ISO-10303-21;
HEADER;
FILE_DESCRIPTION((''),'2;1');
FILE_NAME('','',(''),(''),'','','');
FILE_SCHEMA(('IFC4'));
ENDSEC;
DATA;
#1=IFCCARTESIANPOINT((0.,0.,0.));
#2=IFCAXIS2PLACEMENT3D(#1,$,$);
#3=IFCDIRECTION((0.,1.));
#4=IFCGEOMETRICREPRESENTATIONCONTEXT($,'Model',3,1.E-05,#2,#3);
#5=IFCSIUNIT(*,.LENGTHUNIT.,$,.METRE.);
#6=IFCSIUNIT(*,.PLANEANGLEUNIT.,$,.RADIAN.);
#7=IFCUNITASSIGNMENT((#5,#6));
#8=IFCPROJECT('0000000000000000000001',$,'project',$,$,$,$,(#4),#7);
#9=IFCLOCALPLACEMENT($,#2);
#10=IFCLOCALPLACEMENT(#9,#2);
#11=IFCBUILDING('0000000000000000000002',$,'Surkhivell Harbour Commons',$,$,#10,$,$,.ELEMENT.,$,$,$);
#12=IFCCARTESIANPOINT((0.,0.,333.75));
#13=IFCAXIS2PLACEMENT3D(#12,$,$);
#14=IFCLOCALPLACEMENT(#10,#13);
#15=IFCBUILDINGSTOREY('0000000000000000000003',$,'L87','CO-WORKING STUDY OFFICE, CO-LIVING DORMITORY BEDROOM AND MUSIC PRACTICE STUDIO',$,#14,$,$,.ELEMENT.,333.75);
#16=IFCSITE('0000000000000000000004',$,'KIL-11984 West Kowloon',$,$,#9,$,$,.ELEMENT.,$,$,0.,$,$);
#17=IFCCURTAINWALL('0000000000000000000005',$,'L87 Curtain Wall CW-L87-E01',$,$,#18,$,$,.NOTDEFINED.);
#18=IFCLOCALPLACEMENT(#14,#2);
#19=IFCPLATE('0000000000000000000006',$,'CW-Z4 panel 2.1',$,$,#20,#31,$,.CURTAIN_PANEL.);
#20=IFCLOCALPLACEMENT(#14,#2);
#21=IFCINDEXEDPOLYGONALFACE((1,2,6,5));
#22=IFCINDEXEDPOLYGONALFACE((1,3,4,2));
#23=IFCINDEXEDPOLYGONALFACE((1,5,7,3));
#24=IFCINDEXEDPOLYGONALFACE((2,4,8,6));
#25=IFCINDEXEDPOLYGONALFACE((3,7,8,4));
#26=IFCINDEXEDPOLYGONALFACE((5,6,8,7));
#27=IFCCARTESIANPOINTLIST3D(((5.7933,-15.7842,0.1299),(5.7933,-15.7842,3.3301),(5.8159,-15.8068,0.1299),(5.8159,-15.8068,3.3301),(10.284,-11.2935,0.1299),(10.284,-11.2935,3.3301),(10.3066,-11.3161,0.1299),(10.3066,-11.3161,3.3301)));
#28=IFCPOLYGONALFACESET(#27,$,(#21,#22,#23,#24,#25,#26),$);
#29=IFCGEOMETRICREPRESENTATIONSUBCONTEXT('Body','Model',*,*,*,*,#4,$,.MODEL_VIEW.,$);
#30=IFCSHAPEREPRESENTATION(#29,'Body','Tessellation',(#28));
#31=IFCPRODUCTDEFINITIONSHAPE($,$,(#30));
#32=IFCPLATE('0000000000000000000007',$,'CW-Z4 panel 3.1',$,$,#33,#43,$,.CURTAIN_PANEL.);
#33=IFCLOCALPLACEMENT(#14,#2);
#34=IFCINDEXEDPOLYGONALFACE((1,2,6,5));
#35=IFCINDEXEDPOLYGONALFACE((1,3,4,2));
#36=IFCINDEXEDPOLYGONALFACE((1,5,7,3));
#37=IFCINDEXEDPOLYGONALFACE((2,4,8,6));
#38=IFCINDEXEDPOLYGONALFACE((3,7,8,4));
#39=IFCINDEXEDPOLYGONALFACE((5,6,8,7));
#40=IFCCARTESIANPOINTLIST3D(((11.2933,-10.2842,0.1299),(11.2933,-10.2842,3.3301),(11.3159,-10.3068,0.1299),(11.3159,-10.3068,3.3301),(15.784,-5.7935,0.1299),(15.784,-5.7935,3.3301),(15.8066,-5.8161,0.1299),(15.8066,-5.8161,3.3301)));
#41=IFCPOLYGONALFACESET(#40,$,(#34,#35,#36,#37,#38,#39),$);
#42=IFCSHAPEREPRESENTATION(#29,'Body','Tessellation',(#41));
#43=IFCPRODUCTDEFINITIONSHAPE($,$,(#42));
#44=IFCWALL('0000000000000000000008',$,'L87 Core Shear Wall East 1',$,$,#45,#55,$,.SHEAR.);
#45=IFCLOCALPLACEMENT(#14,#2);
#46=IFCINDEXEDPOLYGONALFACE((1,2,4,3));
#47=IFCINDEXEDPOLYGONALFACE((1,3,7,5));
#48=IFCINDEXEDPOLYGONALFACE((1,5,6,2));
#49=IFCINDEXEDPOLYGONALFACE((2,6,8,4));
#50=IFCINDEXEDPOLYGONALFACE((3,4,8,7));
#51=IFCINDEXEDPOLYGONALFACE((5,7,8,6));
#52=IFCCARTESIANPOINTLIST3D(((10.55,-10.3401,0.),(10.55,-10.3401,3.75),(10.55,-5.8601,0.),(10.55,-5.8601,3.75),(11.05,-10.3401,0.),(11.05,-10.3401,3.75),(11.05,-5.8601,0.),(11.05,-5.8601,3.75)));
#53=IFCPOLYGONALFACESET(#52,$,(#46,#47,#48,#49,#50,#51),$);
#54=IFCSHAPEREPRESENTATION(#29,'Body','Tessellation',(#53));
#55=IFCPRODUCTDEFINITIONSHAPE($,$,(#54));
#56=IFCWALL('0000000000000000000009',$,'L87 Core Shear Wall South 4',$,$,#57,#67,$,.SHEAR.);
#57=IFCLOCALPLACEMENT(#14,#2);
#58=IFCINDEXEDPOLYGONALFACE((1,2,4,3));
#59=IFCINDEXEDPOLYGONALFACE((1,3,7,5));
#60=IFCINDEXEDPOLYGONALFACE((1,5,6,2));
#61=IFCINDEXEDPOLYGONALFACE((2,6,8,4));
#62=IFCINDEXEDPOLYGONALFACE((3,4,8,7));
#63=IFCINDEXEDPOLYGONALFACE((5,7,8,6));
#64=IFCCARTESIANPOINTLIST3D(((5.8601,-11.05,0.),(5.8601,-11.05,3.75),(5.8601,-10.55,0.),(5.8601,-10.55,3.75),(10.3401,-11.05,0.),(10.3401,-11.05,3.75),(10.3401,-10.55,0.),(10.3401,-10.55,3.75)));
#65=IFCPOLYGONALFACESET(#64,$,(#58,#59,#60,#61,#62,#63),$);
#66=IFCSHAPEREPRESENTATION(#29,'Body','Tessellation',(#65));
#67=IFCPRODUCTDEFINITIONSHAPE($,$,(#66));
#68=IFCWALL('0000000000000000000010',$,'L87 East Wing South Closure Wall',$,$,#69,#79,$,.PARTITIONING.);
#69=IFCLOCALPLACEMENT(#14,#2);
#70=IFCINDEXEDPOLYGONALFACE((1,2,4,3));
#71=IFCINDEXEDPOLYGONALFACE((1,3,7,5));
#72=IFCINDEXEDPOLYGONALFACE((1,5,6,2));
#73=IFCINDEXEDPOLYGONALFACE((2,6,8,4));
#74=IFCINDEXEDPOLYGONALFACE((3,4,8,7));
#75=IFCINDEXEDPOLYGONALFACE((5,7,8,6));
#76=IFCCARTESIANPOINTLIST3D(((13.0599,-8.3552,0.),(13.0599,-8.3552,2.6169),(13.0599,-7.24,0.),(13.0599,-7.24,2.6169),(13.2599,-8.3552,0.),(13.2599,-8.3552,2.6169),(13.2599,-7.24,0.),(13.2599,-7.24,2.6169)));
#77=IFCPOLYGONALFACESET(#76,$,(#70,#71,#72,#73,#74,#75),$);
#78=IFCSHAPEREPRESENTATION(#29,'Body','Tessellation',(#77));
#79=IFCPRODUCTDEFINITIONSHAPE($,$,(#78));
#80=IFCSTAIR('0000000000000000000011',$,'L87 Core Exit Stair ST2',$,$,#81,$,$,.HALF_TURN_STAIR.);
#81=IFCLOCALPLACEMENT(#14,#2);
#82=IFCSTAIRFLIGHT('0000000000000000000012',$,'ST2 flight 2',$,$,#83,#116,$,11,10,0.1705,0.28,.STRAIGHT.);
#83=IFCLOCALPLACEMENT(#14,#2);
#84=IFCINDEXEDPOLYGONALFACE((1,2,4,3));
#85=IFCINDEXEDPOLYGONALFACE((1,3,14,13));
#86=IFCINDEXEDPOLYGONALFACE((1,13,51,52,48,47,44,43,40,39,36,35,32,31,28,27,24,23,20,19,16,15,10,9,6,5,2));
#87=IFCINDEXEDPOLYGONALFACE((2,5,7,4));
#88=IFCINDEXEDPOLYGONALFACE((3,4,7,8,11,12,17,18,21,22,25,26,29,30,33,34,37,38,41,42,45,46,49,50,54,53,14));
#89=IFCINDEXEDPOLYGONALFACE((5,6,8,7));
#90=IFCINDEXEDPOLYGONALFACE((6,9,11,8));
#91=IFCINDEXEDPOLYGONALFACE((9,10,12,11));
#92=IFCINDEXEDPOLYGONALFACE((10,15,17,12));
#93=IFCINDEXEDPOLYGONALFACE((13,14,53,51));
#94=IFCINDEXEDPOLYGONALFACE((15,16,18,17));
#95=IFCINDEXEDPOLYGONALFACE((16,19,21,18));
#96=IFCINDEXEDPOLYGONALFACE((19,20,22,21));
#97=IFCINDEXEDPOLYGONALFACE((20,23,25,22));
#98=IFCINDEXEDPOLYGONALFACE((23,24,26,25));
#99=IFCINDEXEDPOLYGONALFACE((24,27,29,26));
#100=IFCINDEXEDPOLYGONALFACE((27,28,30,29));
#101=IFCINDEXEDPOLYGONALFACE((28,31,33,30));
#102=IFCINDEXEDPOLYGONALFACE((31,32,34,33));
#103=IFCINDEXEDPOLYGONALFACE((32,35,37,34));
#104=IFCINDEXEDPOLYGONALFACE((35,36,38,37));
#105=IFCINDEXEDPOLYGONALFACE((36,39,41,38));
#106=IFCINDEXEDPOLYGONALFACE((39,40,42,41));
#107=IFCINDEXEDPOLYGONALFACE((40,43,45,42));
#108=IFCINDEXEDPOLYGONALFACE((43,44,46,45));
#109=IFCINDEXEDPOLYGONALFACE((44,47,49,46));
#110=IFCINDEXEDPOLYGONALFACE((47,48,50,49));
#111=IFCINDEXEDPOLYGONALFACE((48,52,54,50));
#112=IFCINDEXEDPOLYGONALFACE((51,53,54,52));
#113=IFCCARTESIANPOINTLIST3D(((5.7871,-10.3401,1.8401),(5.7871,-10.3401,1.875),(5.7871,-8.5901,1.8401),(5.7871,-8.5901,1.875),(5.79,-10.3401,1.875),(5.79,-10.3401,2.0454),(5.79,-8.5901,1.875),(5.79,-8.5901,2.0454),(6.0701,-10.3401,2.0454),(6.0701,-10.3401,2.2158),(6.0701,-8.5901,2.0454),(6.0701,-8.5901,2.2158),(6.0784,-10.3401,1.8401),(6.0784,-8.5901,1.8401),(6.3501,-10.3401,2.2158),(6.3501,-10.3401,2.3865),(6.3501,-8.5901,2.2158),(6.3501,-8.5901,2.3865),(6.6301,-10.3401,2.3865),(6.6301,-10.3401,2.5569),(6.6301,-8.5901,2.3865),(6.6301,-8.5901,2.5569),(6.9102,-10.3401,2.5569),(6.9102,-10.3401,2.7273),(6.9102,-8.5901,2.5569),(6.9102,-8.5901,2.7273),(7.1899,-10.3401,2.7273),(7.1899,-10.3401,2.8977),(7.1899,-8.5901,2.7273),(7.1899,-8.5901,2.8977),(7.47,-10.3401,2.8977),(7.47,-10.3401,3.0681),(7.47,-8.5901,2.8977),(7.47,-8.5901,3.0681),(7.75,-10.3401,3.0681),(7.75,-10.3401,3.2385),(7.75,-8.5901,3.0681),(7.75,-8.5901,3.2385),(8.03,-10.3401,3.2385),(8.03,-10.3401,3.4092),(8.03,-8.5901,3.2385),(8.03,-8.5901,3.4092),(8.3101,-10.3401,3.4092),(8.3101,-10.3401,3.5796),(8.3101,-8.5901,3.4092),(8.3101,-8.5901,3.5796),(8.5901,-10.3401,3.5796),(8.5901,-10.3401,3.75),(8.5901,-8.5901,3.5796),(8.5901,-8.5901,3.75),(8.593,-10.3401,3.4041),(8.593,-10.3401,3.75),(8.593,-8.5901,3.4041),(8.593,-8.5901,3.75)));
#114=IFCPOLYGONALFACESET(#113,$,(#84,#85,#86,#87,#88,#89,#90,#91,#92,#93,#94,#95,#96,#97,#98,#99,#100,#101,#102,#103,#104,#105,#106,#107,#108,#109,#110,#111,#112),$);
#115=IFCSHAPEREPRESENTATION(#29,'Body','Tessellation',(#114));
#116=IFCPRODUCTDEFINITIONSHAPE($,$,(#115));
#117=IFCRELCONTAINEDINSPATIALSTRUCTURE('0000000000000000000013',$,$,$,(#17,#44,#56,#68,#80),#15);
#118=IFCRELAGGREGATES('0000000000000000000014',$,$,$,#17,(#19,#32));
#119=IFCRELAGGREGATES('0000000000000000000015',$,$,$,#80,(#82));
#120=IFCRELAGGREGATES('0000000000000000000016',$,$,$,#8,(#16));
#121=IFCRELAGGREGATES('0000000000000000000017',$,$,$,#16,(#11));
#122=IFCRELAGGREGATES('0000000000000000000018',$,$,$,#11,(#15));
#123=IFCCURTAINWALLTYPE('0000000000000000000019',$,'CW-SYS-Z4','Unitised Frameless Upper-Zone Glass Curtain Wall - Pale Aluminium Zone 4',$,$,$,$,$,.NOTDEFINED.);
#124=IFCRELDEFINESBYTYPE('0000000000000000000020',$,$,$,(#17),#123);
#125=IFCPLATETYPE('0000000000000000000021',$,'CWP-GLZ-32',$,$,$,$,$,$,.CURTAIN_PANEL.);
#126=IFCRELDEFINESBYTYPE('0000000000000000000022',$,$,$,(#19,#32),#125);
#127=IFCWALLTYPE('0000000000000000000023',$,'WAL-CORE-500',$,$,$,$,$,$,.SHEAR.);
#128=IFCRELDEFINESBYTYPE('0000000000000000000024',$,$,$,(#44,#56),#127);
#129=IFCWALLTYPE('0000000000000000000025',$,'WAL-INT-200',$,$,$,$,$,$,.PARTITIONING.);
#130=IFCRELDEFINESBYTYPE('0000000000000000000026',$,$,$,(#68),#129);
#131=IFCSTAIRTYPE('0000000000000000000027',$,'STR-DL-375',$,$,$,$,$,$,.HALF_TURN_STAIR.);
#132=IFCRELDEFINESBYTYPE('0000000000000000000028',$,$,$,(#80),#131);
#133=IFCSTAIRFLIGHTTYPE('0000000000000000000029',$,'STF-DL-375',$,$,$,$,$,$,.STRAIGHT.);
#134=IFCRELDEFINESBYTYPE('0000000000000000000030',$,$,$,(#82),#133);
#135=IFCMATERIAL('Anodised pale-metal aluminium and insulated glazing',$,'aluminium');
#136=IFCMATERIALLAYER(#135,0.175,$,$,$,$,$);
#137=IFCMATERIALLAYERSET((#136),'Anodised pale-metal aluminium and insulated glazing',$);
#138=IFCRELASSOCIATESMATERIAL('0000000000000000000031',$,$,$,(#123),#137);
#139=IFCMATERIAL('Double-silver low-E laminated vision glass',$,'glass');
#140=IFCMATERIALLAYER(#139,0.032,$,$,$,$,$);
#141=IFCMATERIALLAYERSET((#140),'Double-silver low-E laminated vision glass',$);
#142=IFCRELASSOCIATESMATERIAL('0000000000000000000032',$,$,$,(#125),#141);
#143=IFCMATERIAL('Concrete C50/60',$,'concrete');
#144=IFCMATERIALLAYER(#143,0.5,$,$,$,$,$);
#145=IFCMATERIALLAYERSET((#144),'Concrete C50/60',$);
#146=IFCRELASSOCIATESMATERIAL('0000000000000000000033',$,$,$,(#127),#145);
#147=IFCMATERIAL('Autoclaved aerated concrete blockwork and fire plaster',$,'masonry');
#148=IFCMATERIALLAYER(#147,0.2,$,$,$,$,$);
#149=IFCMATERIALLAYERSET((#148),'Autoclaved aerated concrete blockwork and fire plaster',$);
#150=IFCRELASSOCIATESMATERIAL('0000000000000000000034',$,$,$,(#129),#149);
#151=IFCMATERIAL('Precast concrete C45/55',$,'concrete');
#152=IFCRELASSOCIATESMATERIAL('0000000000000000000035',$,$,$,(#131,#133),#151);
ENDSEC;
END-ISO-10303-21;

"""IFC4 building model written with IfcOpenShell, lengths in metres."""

from ifc_helpers import new_model, si_unit, direction, frame, frame_2d, origin, place, context, subcontext, project, spatial, polyline, rectangle, outline, extrude, material, layer, layer_set, type_object, element, aggregate, save


model = new_model("IFC4")

# Units and contexts
model_context = context("Model", 3, precision=1e-05, world=origin(), true_north=direction((0.0, 1.0)))
body_context = subcontext(model_context, "Body", "Model", "MODEL_VIEW")
ifc_project = project(units=[si_unit("LENGTHUNIT", "METRE"), si_unit("PLANEANGLEUNIT", "RADIAN")], contexts=[model_context])

# Site, building, storey
site_placement = place(None, origin())
site = spatial("IfcSite", under=ifc_project, at=site_placement, Name="KIL-11984 West Kowloon", CompositionType="ELEMENT", RefElevation=0.0)
building_placement = place(site_placement, origin())
building = spatial("IfcBuilding", under=site, at=building_placement, Name="Surkhivell Harbour Commons", CompositionType="ELEMENT")
storey_placement = place(building_placement, frame((0.0, 0.0, 333.75)))
storey = spatial("IfcBuildingStorey", under=building, at=storey_placement, Name="L87", Description="CO-WORKING STUDY OFFICE, CO-LIVING DORMITORY BEDROOM AND MUSIC PRACTICE STUDIO", CompositionType="ELEMENT", Elevation=333.75)

# Shared definitions
ifc_material_1 = material(Name="Concrete C50/60", Category="concrete")

# Curtain wall, plates
ifc_material_2 = material(Name="Anodised pale-metal aluminium and insulated glazing", Category="aluminium")
ifc_layer_1 = layer(ifc_material_2, 0.175)
ifc_layer_set_1 = layer_set([ifc_layer_1], Name="Anodised pale-metal aluminium and insulated glazing")
curtain_wall_type = type_object("IfcCurtainWallType", Name="CW-SYS-Z4", Description="Unitised Frameless Upper-Zone Glass Curtain Wall - Pale Aluminium Zone 4", PredefinedType="NOTDEFINED", material=ifc_layer_set_1)
curtain_wall_placement = place(storey_placement, origin())
curtain_wall = element("IfcCurtainWall", 1, at=curtain_wall_placement, inside=storey, type_object=curtain_wall_type, Name="L87 Curtain Wall CW-L87-E01", PredefinedType="NOTDEFINED")
ifc_material_3 = material(Name="Double-silver low-E laminated vision glass", Category="glass")
ifc_layer_2 = layer(ifc_material_3, 0.032)
ifc_layer_set_2 = layer_set([ifc_layer_2], Name="Double-silver low-E laminated vision glass")
plate_type = type_object("IfcPlateType", Name="CWP-GLZ-32", PredefinedType="CURTAIN_PANEL", material=ifc_layer_set_2)
plate_1_placement = place(storey_placement, frame((5.8047, -15.7954, 0.1299), z_axis=(0.0, 0.0, 1.0), x_axis=(0.707107, 0.707107, 0.0)))
plate_1 = element("IfcPlate", 2, at=plate_1_placement, type_object=plate_type, Name="CW-Z4 panel 2.1", PredefinedType="CURTAIN_PANEL", context=body_context, shape_type="SweptSolid", body=[
    extrude(rectangle(XDim=6.3508, YDim=0.032, at=frame_2d((3.1753, 0.0))), origin(), (0.0, 0.0, 1.0), 3.2002),
])
plate_2_placement = place(storey_placement, frame((11.3047, -10.2954, 0.1299), z_axis=(0.0, 0.0, 1.0), x_axis=(0.707107, 0.707107, 0.0)))
plate_2 = element("IfcPlate", 3, at=plate_2_placement, type_object=plate_type, Name="CW-Z4 panel 3.1", PredefinedType="CURTAIN_PANEL", context=body_context, shape_type="SweptSolid", body=[
    extrude(rectangle(XDim=6.3508, YDim=0.032, at=frame_2d((3.1753, 0.0))), origin(), (0.0, 0.0, 1.0), 3.2002),
])
aggregate(curtain_wall, [plate_1, plate_2])

# Walls
ifc_layer_3 = layer(ifc_material_1, 0.5)
ifc_layer_set_3 = layer_set([ifc_layer_3], Name="Concrete C50/60")
wall_type_1 = type_object("IfcWallType", Name="WAL-CORE-500", PredefinedType="SHEAR", material=ifc_layer_set_3)
for number, where, z_axis, x_axis, name in (
    (4, (10.8, -10.3401, 0.0), (0.0, 0.0, 1.0), (0.0, 1.0, 0.0), "L87 Core Shear Wall East 1"),
    (5, (5.8601, -10.8, 0.0), (0.0, 0.0, 1.0), (1.0, 0.0, 0.0), "L87 Core Shear Wall South 4"),
):
    element("IfcWall", number, at=place(storey_placement, frame(where, z_axis=z_axis, x_axis=x_axis)), inside=storey, type_object=wall_type_1, Name=name, PredefinedType="SHEAR", context=body_context, shape_type="SweptSolid", body=[
        extrude(rectangle(XDim=4.48, YDim=0.5, at=frame_2d((2.24, 0.0))), origin(), (0.0, 0.0, 1.0), 3.75),
    ])
ifc_material_4 = material(Name="Autoclaved aerated concrete blockwork and fire plaster", Category="masonry")
ifc_layer_4 = layer(ifc_material_4, 0.2)
ifc_layer_set_4 = layer_set([ifc_layer_4], Name="Autoclaved aerated concrete blockwork and fire plaster")
wall_type_2 = type_object("IfcWallType", Name="WAL-INT-200", PredefinedType="PARTITIONING", material=ifc_layer_set_4)
wall_placement = place(storey_placement, frame((13.1599, -8.3552, 0.0), z_axis=(0.0, 0.0, 1.0), x_axis=(0.0, 1.0, 0.0)))
element("IfcWall", 6, at=wall_placement, inside=storey, type_object=wall_type_2, Name="L87 East Wing South Closure Wall", PredefinedType="PARTITIONING", context=body_context, shape_type="SweptSolid", body=[
    extrude(rectangle(XDim=1.1152, YDim=0.2, at=frame_2d((0.5576, 0.0))), origin(), (0.0, 0.0, 1.0), 2.6169),
])

# Stair, stair flight
ifc_material_5 = material(Name="Precast concrete C45/55", Category="concrete")
stair_type = type_object("IfcStairType", Name="STR-DL-375", PredefinedType="HALF_TURN_STAIR", material=ifc_material_5)
stair_placement = place(storey_placement, origin())
stair = element("IfcStair", 7, at=stair_placement, inside=storey, type_object=stair_type, Name="L87 Core Exit Stair ST2", PredefinedType="HALF_TURN_STAIR")
stair_flight_type = type_object("IfcStairFlightType", Name="STF-DL-375", PredefinedType="STRAIGHT", material=ifc_material_5)
stair_flight_placement = place(storey_placement, frame((5.79, -9.4651, 1.875), z_axis=(0.0, 0.0, 1.0), x_axis=(1.0, 0.0, 0.0)))
stair_flight = element("IfcStairFlight", 8, at=stair_flight_placement, type_object=stair_flight_type, Name="ST2 flight 2", NumberOfRisers=11, NumberOfTreads=10, PredefinedType="STRAIGHT", RiserHeight=0.1705, TreadLength=0.28, context=body_context, shape_type="SweptSolid", body=[
    extrude(outline(polyline([(-0.0029, -0.0349), (-0.0029, 0.0), (0.0, 0.0), (0.0, 0.1704), (0.28, 0.1704), (0.28, 0.3408), (0.5601, 0.3408), (0.5601, 0.5115), (0.8401, 0.5115), (0.8401, 0.6819), (1.1201, 0.6819), (1.1201, 0.8523), (1.3999, 0.8523), (1.3999, 1.0227), (1.6799, 1.0227), (1.6799, 1.1931), (1.96, 1.1931), (1.96, 1.3635), (2.24, 1.3635), (2.24, 1.5342), (2.52, 1.5342), (2.52, 1.7046), (2.8, 1.7046), (2.8, 1.875), (2.803, 1.875), (2.803, 1.5291), (0.2883, -0.0349), (-0.0029, -0.0349)])), frame((0.0, 0.875, 0.0), z_axis=(0.0, -1.0, 0.0), x_axis=(1.0, 0.0, 0.0)), (0.0, 0.0, 1.0), 1.75),
])
aggregate(stair, [stair_flight])

save(model, "model.ifc")
